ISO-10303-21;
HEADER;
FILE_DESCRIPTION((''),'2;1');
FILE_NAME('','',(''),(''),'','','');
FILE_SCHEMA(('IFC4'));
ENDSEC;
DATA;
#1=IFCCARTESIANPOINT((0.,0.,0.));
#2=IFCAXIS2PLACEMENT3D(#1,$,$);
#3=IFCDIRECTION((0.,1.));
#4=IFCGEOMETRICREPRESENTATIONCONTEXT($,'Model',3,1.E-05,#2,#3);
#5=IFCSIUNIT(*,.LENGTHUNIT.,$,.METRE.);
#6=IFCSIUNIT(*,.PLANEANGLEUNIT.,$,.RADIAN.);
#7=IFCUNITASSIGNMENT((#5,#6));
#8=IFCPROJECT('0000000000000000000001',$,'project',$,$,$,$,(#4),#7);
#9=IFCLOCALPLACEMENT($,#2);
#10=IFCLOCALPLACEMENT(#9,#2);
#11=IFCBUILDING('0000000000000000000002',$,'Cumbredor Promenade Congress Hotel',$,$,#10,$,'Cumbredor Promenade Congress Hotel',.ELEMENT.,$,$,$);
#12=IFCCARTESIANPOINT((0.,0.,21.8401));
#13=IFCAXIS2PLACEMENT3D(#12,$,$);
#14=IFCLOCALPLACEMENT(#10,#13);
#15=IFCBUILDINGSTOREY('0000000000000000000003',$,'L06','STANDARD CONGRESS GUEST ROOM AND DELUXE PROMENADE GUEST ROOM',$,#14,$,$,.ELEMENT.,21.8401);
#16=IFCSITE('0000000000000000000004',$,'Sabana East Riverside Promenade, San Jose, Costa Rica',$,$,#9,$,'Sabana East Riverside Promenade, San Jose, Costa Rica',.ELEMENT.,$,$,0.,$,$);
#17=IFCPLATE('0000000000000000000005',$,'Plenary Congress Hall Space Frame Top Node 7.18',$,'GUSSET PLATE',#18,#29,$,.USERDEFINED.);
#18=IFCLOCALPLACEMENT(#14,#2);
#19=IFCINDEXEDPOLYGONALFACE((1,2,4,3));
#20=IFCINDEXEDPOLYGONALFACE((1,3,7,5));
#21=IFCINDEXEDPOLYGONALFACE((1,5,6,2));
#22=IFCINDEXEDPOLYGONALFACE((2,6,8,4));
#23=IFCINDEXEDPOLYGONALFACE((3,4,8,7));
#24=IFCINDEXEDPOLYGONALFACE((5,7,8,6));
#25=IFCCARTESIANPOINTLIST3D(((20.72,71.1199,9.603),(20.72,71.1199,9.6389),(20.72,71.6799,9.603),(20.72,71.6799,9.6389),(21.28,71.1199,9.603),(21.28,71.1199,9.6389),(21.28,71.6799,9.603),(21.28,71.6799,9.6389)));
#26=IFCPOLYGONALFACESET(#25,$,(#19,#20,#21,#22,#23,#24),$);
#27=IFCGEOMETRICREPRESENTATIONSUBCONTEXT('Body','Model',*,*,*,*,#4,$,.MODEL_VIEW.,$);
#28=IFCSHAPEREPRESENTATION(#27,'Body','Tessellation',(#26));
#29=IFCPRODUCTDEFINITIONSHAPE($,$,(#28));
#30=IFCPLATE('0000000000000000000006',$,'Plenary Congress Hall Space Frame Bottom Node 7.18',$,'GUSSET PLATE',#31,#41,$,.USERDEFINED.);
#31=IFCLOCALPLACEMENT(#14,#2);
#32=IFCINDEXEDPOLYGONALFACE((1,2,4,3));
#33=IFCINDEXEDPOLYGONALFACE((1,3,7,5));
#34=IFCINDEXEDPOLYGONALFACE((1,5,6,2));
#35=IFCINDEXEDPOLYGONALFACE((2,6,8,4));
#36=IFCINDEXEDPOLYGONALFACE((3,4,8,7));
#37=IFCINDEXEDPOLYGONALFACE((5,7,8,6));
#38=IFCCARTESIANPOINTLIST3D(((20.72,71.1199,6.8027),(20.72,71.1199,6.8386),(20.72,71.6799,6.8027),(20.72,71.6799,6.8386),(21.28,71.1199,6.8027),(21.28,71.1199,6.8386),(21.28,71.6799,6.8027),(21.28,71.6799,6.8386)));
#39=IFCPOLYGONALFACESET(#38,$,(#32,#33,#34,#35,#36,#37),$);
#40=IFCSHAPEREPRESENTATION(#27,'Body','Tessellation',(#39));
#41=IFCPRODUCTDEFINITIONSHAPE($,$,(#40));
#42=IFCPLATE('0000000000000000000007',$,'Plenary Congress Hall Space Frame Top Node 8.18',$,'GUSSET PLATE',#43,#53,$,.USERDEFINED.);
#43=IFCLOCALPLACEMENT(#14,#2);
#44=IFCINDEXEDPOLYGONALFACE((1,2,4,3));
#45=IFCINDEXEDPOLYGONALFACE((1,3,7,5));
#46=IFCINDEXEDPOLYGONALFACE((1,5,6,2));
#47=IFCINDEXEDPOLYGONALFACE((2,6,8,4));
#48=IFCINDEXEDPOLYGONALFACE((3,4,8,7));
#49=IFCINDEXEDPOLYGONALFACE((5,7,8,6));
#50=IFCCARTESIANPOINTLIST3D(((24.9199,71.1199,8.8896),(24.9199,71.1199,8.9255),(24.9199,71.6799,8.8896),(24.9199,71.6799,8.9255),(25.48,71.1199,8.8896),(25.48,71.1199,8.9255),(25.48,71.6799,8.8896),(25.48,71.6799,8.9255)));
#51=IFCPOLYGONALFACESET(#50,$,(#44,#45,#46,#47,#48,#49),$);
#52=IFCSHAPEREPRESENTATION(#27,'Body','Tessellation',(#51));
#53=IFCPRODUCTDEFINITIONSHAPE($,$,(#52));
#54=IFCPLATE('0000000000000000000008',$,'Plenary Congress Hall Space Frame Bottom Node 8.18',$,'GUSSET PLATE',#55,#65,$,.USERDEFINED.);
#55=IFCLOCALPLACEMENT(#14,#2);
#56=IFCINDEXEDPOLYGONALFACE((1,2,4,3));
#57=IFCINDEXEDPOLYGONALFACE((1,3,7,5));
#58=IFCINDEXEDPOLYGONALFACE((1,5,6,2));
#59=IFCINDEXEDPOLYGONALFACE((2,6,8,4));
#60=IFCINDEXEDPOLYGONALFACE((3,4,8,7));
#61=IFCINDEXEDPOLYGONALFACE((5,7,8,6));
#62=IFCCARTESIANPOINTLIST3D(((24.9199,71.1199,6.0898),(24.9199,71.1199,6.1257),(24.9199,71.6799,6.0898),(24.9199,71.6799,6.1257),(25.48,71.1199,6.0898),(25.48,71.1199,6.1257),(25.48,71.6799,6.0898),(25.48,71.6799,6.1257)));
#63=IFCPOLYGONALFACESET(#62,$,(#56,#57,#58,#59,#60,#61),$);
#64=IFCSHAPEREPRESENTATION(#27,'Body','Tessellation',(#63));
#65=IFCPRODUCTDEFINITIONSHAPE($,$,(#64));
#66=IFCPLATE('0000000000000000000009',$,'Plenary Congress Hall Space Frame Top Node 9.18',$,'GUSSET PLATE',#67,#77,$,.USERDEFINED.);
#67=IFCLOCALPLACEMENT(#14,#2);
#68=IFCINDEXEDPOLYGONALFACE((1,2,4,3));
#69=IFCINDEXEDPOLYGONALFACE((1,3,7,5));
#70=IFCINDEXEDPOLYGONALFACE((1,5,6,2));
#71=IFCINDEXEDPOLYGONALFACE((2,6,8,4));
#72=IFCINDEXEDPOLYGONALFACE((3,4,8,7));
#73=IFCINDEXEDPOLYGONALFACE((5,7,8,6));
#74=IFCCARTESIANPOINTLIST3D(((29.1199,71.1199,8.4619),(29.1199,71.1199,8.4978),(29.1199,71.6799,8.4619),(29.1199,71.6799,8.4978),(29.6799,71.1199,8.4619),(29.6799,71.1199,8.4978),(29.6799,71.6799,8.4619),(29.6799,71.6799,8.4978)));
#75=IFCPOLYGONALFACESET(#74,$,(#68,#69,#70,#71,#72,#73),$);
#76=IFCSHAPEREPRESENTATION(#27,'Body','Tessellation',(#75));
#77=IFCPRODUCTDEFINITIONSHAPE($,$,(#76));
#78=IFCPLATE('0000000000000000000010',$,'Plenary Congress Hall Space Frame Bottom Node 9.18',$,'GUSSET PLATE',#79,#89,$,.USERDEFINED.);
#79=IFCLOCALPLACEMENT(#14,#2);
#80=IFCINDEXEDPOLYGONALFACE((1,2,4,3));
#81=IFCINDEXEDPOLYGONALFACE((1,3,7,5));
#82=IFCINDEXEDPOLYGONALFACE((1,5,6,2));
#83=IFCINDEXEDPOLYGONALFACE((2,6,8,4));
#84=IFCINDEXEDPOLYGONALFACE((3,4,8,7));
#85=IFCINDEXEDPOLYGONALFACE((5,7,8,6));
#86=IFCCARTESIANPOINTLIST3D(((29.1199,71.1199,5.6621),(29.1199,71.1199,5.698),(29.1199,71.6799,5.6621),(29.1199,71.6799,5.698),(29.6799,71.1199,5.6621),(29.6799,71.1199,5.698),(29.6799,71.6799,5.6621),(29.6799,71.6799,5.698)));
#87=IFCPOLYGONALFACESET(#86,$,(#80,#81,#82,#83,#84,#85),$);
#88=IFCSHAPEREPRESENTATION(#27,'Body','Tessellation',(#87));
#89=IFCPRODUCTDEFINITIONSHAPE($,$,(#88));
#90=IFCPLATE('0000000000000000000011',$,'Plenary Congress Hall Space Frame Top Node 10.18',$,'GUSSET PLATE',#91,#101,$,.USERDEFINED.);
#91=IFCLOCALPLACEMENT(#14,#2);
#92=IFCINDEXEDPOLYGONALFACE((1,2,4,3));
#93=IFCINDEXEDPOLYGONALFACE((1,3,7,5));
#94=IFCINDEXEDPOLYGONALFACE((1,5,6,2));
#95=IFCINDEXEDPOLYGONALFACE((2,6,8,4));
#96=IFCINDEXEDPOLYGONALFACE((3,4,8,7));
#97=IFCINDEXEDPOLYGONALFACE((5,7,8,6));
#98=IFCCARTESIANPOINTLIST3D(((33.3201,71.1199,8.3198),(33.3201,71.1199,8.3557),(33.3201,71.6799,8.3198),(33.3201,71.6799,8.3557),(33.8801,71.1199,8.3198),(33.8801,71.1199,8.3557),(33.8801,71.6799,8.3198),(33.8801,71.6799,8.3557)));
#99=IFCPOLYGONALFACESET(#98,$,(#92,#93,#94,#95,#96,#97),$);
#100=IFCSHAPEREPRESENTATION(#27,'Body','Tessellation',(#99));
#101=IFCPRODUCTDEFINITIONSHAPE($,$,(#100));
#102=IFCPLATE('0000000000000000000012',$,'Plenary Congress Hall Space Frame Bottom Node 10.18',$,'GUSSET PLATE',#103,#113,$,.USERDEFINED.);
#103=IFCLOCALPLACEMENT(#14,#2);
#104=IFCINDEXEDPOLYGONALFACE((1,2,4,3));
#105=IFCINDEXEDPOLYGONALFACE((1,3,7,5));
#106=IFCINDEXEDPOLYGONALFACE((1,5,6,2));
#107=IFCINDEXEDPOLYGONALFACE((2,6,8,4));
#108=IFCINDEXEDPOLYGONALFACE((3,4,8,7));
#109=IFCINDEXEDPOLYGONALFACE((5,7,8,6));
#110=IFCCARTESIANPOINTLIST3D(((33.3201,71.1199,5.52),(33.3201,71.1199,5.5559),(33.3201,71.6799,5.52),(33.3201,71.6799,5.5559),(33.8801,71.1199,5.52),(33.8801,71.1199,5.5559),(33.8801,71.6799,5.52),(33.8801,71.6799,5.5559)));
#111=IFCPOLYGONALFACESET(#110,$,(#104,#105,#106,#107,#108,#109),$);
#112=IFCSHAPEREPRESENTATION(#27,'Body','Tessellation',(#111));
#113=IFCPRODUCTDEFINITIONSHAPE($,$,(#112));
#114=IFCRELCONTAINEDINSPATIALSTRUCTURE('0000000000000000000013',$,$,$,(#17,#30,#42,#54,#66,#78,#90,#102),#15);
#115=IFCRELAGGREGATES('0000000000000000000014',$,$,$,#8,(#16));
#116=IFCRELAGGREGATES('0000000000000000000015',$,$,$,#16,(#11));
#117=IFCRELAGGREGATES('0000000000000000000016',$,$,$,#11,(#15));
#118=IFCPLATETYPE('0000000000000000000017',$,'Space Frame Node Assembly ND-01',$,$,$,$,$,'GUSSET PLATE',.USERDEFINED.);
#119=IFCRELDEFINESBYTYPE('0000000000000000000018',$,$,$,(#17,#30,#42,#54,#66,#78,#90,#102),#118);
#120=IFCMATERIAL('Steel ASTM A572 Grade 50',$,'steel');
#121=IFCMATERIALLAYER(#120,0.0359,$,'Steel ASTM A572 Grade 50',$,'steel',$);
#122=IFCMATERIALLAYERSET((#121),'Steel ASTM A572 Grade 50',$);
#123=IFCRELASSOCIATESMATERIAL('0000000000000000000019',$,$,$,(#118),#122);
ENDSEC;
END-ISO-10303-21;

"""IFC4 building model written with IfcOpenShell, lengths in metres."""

from ifc_helpers import new_model, si_unit, direction, frame, origin, origin_2d, place, context, subcontext, project, spatial, rectangle, extrude, material, layer, layer_set, type_object, element, save


model = new_model("IFC4")

# Units and contexts
model_context = context("Model", 3, precision=1e-05, world=origin(), true_north=direction((0.0, 1.0)))
body_context = subcontext(model_context, "Body", "Model", "MODEL_VIEW")
ifc_project = project(units=[si_unit("LENGTHUNIT", "METRE"), si_unit("PLANEANGLEUNIT", "RADIAN")], contexts=[model_context])

# Site, building, storey
site_placement = place(None, origin())
site = spatial("IfcSite", under=ifc_project, at=site_placement, Name="Sabana East Riverside Promenade, San Jose, Costa Rica", LongName="Sabana East Riverside Promenade, San Jose, Costa Rica", CompositionType="ELEMENT", RefElevation=0.0)
building_placement = place(site_placement, origin())
building = spatial("IfcBuilding", under=site, at=building_placement, Name="Cumbredor Promenade Congress Hotel", LongName="Cumbredor Promenade Congress Hotel", CompositionType="ELEMENT")
storey_placement = place(building_placement, frame((0.0, 0.0, 21.8401)))
storey = spatial("IfcBuildingStorey", under=building, at=storey_placement, Name="L06", Description="STANDARD CONGRESS GUEST ROOM AND DELUXE PROMENADE GUEST ROOM", CompositionType="ELEMENT", Elevation=21.8401)

# Plates
ifc_material_1 = material(Name="Steel ASTM A572 Grade 50", Category="steel")
ifc_layer_1 = layer(ifc_material_1, 0.0359, Name="Steel ASTM A572 Grade 50", Category="steel")
ifc_layer_set_1 = layer_set([ifc_layer_1], Name="Steel ASTM A572 Grade 50")
plate_type_1 = type_object("IfcPlateType", Name="Space Frame Node Assembly ND-01", ElementType="GUSSET PLATE", PredefinedType="USERDEFINED", material=ifc_layer_set_1)
for number, where, z_axis, x_axis, name in (
    (1, (21.0, 71.3999, 9.603), (0.0, 0.0, 1.0), (1.0, 0.0, 0.0), "Plenary Congress Hall Space Frame Top Node 7.18"),
    (2, (21.0, 71.3999, 6.8027), (0.0, 0.0, 1.0), (1.0, 0.0, 0.0), "Plenary Congress Hall Space Frame Bottom Node 7.18"),
    (3, (25.2, 71.3999, 8.8896), (0.0, 0.0, 1.0), (1.0, 0.0, 0.0), "Plenary Congress Hall Space Frame Top Node 8.18"),
    (4, (25.2, 71.3999, 6.0898), (0.0, 0.0, 1.0), (1.0, 0.0, 0.0), "Plenary Congress Hall Space Frame Bottom Node 8.18"),
    (5, (29.3999, 71.3999, 8.4619), (0.0, 0.0, 1.0), (1.0, 0.0, 0.0), "Plenary Congress Hall Space Frame Top Node 9.18"),
    (6, (29.3999, 71.3999, 5.6621), (0.0, 0.0, 1.0), (1.0, 0.0, 0.0), "Plenary Congress Hall Space Frame Bottom Node 9.18"),
    (7, (33.6001, 71.3999, 8.3198), (0.0, 0.0, 1.0), (1.0, 0.0, 0.0), "Plenary Congress Hall Space Frame Top Node 10.18"),
    (8, (33.6001, 71.3999, 5.52), (0.0, 0.0, 1.0), (1.0, 0.0, 0.0), "Plenary Congress Hall Space Frame Bottom Node 10.18"),
):
    element("IfcPlate", number, at=place(storey_placement, frame(where, z_axis=z_axis, x_axis=x_axis)), inside=storey, type_object=plate_type_1, Name=name, ObjectType="GUSSET PLATE", PredefinedType="USERDEFINED", context=body_context, shape_type="SweptSolid", body=[
        extrude(rectangle(XDim=0.5601, YDim=0.5601, at=origin_2d()), origin(), (0.0, 0.0, 1.0), 0.0359),
    ])

save(model, "model.ifc")
